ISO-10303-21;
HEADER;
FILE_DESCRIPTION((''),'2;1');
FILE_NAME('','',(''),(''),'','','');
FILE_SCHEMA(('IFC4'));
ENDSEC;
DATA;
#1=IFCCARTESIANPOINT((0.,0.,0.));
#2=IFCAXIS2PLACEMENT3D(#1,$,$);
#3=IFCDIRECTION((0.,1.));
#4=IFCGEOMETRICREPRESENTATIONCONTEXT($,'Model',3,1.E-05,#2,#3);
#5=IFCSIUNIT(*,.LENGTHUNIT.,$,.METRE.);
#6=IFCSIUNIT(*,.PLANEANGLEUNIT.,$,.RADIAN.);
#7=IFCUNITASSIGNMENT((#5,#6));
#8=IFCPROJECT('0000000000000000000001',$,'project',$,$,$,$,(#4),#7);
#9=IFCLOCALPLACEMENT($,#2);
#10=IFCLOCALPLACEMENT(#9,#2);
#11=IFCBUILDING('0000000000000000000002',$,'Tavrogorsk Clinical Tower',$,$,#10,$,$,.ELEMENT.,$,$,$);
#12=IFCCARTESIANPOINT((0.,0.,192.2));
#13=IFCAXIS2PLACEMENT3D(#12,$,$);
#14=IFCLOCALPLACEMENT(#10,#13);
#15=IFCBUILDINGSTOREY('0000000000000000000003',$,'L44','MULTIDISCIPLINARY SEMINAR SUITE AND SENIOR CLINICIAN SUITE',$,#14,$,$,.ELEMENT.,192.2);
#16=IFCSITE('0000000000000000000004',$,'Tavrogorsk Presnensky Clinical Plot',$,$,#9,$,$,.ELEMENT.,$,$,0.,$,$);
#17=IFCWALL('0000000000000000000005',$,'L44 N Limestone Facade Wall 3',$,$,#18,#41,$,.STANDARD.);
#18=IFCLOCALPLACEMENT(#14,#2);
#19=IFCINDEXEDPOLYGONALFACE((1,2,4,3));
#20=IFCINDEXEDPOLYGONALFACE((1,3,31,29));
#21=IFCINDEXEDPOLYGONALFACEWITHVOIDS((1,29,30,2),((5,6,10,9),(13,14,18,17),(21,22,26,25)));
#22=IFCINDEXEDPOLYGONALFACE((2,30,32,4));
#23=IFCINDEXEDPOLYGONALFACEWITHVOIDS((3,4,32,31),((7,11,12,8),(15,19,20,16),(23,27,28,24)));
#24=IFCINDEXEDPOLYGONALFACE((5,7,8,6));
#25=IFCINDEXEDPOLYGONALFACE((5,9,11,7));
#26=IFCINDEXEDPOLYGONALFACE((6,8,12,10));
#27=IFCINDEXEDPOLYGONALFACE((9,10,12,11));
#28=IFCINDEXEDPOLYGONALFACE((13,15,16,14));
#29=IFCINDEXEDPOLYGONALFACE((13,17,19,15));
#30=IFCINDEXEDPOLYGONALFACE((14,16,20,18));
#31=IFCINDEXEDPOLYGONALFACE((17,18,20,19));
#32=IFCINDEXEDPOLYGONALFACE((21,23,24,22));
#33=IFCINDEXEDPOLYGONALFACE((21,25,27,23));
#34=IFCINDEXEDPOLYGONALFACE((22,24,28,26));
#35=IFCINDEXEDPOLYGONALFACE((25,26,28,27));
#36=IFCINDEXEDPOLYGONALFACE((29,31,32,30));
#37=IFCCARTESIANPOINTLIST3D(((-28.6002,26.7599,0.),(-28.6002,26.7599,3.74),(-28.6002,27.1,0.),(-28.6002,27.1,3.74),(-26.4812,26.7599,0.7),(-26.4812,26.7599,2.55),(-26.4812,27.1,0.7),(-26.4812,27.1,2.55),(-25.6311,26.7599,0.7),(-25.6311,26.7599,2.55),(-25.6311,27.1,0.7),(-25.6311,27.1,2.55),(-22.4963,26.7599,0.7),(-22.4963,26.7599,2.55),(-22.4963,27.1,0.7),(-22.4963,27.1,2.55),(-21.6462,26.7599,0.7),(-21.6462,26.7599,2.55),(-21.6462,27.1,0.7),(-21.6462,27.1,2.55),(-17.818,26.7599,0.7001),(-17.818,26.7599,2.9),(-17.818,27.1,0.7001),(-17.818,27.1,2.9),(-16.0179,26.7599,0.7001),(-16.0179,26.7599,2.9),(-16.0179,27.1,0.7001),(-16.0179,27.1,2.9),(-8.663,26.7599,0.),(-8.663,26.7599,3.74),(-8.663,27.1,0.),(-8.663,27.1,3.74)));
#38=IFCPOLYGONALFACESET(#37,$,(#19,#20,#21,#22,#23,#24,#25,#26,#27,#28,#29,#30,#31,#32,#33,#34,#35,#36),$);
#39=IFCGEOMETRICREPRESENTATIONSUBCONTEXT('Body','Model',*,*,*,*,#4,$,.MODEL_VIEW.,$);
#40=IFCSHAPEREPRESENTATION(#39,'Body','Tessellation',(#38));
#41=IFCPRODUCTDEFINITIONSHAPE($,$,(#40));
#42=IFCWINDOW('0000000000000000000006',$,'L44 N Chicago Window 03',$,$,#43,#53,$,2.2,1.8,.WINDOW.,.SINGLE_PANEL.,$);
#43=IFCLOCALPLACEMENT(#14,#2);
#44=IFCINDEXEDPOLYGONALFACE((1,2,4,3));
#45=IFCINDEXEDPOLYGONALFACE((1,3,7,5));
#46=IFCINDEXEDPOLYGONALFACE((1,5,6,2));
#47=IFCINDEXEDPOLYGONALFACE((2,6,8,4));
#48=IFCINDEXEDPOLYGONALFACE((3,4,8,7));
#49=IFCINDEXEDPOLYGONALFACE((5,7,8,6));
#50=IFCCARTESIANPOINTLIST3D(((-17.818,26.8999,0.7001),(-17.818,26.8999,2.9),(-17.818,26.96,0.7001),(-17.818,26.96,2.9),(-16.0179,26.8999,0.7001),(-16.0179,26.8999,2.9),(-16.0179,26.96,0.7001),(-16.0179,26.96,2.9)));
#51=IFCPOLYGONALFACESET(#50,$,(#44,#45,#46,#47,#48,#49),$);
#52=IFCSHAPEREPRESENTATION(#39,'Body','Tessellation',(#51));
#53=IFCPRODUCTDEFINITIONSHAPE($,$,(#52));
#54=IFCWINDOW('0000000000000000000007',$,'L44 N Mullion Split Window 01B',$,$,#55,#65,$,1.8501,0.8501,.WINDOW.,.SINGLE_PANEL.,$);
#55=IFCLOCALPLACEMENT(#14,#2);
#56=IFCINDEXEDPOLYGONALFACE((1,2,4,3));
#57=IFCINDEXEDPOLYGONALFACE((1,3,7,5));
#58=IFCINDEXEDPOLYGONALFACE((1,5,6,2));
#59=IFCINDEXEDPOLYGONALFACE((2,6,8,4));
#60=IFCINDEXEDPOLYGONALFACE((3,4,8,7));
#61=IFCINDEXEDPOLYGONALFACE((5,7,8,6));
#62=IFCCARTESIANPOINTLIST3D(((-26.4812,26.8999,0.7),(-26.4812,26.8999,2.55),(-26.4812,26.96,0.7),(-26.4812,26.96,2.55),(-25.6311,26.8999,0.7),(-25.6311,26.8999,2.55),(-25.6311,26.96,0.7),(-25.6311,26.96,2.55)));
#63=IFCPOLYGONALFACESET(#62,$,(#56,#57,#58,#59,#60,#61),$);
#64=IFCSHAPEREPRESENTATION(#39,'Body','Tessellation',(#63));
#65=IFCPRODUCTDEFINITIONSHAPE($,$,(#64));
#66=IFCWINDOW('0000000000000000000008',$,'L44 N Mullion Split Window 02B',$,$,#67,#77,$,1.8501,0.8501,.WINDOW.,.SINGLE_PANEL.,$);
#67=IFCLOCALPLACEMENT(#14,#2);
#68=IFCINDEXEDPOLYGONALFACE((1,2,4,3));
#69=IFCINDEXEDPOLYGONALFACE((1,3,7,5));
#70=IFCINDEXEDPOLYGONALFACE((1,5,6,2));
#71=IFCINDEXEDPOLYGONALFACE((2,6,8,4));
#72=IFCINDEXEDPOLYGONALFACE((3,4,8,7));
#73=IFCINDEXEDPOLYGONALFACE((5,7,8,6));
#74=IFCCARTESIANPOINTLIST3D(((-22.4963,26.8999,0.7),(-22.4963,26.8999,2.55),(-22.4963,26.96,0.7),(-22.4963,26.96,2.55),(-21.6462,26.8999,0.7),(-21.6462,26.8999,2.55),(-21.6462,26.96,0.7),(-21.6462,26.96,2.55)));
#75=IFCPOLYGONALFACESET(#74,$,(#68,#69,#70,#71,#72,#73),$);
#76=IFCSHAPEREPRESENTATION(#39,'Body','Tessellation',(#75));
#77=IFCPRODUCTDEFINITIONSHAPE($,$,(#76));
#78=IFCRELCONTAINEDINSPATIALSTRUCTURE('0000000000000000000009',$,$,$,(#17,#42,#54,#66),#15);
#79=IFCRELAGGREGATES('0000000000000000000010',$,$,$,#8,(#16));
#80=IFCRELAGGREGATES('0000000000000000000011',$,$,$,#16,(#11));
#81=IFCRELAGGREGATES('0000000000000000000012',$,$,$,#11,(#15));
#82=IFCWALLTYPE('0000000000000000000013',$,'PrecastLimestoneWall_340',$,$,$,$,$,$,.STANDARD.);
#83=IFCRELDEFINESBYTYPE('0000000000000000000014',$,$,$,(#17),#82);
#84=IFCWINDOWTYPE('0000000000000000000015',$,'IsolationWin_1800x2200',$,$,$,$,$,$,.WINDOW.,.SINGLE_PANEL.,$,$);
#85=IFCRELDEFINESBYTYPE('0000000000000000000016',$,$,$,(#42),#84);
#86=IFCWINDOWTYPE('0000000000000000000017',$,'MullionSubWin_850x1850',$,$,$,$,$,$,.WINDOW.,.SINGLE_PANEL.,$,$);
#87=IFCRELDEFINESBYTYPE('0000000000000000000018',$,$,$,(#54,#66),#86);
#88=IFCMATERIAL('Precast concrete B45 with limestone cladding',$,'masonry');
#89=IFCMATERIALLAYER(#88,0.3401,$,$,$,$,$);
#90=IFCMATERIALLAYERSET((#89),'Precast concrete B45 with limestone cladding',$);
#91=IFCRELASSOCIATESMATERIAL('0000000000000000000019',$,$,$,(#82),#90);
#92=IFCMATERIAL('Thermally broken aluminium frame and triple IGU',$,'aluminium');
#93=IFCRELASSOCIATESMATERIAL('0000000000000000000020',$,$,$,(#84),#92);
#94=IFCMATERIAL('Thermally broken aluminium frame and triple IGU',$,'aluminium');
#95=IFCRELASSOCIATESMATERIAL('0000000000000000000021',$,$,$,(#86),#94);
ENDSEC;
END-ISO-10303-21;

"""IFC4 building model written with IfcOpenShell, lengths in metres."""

from ifc_helpers import new_model, si_unit, direction, frame, frame_2d, origin, place, context, subcontext, project, spatial, rectangle, extrude, material, layer, layer_set, type_object, element, fill, save


model = new_model("IFC4")

# Units and contexts
model_context = context("Model", 3, precision=1e-05, world=origin(), true_north=direction((0.0, 1.0)))
body_context = subcontext(model_context, "Body", "Model", "MODEL_VIEW")
ifc_project = project(units=[si_unit("LENGTHUNIT", "METRE"), si_unit("PLANEANGLEUNIT", "RADIAN")], contexts=[model_context])

# Site, building, storey
site_placement = place(None, origin())
site = spatial("IfcSite", under=ifc_project, at=site_placement, Name="Tavrogorsk Presnensky Clinical Plot", CompositionType="ELEMENT", RefElevation=0.0)
building_placement = place(site_placement, origin())
building = spatial("IfcBuilding", under=site, at=building_placement, Name="Tavrogorsk Clinical Tower", CompositionType="ELEMENT")
storey_placement = place(building_placement, frame((0.0, 0.0, 192.2)))
storey = spatial("IfcBuildingStorey", under=building, at=storey_placement, Name="L44", Description="MULTIDISCIPLINARY SEMINAR SUITE AND SENIOR CLINICIAN SUITE", CompositionType="ELEMENT", Elevation=192.2)

# Wall, openings, windows
ifc_material_1 = material(Name="Precast concrete B45 with limestone cladding", Category="masonry")
ifc_layer_1 = layer(ifc_material_1, 0.3401)
ifc_layer_set_1 = layer_set([ifc_layer_1], Name="Precast concrete B45 with limestone cladding")
wall_type_1 = type_object("IfcWallType", Name="PrecastLimestoneWall_340", PredefinedType="STANDARD", material=ifc_layer_set_1)
wall_placement = place(storey_placement, frame((-8.6628, 26.9299, 0.0), z_axis=(0.0, 0.0, 1.0), x_axis=(-1.0, 0.0, 0.0)))
wall = element("IfcWall", 1, at=wall_placement, inside=storey, type_object=wall_type_1, Name="L44 N Limestone Facade Wall 3", PredefinedType="STANDARD", context=body_context, shape_type="SweptSolid", body=[
    extrude(rectangle(XDim=19.9373, YDim=0.3401, at=frame_2d((9.9688, 0.0))), origin(), (0.0, 0.0, 1.0), 3.74),
])
opening_1_placement = place(wall_placement, frame((16.9683, 0.0, 0.7)))
opening_1 = element("IfcOpeningElement", 2, at=opening_1_placement, cuts=wall, PredefinedType="OPENING", context=body_context, shape_type="SweptSolid", body=[
    extrude(rectangle(XDim=0.8501, YDim=1.8501, at=frame_2d((0.425, 0.925))), frame((0.0, 0.1799, 0.0), z_axis=(0.0, -1.0, 0.0), x_axis=(1.0, 0.0, 0.0)), (0.0, 0.0, 1.0), 0.3601),
])
opening_2_placement = place(wall_placement, frame((12.9834, 0.0, 0.7)))
opening_2 = element("IfcOpeningElement", 3, at=opening_2_placement, cuts=wall, PredefinedType="OPENING", context=body_context, shape_type="SweptSolid", body=[
    extrude(rectangle(XDim=0.8501, YDim=1.8501, at=frame_2d((0.425, 0.925))), frame((0.0, 0.1799, 0.0), z_axis=(0.0, -1.0, 0.0), x_axis=(1.0, 0.0, 0.0)), (0.0, 0.0, 1.0), 0.3601),
])
opening_3_placement = place(wall_placement, frame((7.3552, 0.0, 0.7)))
opening_3 = element("IfcOpeningElement", 4, at=opening_3_placement, cuts=wall, PredefinedType="OPENING", context=body_context, shape_type="SweptSolid", body=[
    extrude(rectangle(XDim=1.8, YDim=2.2, at=frame_2d((0.8999, 1.1001))), frame((0.0, 0.1799, 0.0), z_axis=(0.0, -1.0, 0.0), x_axis=(1.0, 0.0, 0.0)), (0.0, 0.0, 1.0), 0.3601),
])
ifc_material_2 = material(Name="Thermally broken aluminium frame and triple IGU", Category="aluminium")
window_type_1 = type_object("IfcWindowType", Name="IsolationWin_1800x2200", PartitioningType="SINGLE_PANEL", PredefinedType="WINDOW", material=ifc_material_2)
window_1_placement = place(opening_3_placement, origin())
window_1 = element("IfcWindow", 5, at=window_1_placement, inside=storey, type_object=window_type_1, Name="L44 N Chicago Window 03", OverallHeight=2.2, OverallWidth=1.8, PartitioningType="SINGLE_PANEL", PredefinedType="WINDOW", context=body_context, shape_type="SweptSolid", body=[
    extrude(rectangle(XDim=1.8, YDim=2.2, at=frame_2d((0.8999, 1.1001))), frame((0.0, 0.03, 0.0), z_axis=(0.0, -1.0, 0.0), x_axis=(1.0, 0.0, 0.0)), (0.0, 0.0, 1.0), 0.0601),
])
fill(opening_3, window_1)
ifc_material_3 = material(Name="Thermally broken aluminium frame and triple IGU", Category="aluminium")
window_type_2 = type_object("IfcWindowType", Name="MullionSubWin_850x1850", PartitioningType="SINGLE_PANEL", PredefinedType="WINDOW", material=ifc_material_3)
window_2_placement = place(opening_1_placement, origin())
window_2 = element("IfcWindow", 6, at=window_2_placement, inside=storey, type_object=window_type_2, Name="L44 N Mullion Split Window 01B", OverallHeight=1.8501, OverallWidth=0.8501, PartitioningType="SINGLE_PANEL", PredefinedType="WINDOW", context=body_context, shape_type="SweptSolid", body=[
    extrude(rectangle(XDim=0.8501, YDim=1.8501, at=frame_2d((0.425, 0.925))), frame((0.0, 0.03, 0.0), z_axis=(0.0, -1.0, 0.0), x_axis=(1.0, 0.0, 0.0)), (0.0, 0.0, 1.0), 0.0601),
])
fill(opening_1, window_2)
window_3_placement = place(opening_2_placement, origin())
window_3 = element("IfcWindow", 7, at=window_3_placement, inside=storey, type_object=window_type_2, Name="L44 N Mullion Split Window 02B", OverallHeight=1.8501, OverallWidth=0.8501, PartitioningType="SINGLE_PANEL", PredefinedType="WINDOW", context=body_context, shape_type="SweptSolid", body=[
    extrude(rectangle(XDim=0.8501, YDim=1.8501, at=frame_2d((0.425, 0.925))), frame((0.0, 0.03, 0.0), z_axis=(0.0, -1.0, 0.0), x_axis=(1.0, 0.0, 0.0)), (0.0, 0.0, 1.0), 0.0601),
])
fill(opening_2, window_3)

save(model, "model.ifc")
